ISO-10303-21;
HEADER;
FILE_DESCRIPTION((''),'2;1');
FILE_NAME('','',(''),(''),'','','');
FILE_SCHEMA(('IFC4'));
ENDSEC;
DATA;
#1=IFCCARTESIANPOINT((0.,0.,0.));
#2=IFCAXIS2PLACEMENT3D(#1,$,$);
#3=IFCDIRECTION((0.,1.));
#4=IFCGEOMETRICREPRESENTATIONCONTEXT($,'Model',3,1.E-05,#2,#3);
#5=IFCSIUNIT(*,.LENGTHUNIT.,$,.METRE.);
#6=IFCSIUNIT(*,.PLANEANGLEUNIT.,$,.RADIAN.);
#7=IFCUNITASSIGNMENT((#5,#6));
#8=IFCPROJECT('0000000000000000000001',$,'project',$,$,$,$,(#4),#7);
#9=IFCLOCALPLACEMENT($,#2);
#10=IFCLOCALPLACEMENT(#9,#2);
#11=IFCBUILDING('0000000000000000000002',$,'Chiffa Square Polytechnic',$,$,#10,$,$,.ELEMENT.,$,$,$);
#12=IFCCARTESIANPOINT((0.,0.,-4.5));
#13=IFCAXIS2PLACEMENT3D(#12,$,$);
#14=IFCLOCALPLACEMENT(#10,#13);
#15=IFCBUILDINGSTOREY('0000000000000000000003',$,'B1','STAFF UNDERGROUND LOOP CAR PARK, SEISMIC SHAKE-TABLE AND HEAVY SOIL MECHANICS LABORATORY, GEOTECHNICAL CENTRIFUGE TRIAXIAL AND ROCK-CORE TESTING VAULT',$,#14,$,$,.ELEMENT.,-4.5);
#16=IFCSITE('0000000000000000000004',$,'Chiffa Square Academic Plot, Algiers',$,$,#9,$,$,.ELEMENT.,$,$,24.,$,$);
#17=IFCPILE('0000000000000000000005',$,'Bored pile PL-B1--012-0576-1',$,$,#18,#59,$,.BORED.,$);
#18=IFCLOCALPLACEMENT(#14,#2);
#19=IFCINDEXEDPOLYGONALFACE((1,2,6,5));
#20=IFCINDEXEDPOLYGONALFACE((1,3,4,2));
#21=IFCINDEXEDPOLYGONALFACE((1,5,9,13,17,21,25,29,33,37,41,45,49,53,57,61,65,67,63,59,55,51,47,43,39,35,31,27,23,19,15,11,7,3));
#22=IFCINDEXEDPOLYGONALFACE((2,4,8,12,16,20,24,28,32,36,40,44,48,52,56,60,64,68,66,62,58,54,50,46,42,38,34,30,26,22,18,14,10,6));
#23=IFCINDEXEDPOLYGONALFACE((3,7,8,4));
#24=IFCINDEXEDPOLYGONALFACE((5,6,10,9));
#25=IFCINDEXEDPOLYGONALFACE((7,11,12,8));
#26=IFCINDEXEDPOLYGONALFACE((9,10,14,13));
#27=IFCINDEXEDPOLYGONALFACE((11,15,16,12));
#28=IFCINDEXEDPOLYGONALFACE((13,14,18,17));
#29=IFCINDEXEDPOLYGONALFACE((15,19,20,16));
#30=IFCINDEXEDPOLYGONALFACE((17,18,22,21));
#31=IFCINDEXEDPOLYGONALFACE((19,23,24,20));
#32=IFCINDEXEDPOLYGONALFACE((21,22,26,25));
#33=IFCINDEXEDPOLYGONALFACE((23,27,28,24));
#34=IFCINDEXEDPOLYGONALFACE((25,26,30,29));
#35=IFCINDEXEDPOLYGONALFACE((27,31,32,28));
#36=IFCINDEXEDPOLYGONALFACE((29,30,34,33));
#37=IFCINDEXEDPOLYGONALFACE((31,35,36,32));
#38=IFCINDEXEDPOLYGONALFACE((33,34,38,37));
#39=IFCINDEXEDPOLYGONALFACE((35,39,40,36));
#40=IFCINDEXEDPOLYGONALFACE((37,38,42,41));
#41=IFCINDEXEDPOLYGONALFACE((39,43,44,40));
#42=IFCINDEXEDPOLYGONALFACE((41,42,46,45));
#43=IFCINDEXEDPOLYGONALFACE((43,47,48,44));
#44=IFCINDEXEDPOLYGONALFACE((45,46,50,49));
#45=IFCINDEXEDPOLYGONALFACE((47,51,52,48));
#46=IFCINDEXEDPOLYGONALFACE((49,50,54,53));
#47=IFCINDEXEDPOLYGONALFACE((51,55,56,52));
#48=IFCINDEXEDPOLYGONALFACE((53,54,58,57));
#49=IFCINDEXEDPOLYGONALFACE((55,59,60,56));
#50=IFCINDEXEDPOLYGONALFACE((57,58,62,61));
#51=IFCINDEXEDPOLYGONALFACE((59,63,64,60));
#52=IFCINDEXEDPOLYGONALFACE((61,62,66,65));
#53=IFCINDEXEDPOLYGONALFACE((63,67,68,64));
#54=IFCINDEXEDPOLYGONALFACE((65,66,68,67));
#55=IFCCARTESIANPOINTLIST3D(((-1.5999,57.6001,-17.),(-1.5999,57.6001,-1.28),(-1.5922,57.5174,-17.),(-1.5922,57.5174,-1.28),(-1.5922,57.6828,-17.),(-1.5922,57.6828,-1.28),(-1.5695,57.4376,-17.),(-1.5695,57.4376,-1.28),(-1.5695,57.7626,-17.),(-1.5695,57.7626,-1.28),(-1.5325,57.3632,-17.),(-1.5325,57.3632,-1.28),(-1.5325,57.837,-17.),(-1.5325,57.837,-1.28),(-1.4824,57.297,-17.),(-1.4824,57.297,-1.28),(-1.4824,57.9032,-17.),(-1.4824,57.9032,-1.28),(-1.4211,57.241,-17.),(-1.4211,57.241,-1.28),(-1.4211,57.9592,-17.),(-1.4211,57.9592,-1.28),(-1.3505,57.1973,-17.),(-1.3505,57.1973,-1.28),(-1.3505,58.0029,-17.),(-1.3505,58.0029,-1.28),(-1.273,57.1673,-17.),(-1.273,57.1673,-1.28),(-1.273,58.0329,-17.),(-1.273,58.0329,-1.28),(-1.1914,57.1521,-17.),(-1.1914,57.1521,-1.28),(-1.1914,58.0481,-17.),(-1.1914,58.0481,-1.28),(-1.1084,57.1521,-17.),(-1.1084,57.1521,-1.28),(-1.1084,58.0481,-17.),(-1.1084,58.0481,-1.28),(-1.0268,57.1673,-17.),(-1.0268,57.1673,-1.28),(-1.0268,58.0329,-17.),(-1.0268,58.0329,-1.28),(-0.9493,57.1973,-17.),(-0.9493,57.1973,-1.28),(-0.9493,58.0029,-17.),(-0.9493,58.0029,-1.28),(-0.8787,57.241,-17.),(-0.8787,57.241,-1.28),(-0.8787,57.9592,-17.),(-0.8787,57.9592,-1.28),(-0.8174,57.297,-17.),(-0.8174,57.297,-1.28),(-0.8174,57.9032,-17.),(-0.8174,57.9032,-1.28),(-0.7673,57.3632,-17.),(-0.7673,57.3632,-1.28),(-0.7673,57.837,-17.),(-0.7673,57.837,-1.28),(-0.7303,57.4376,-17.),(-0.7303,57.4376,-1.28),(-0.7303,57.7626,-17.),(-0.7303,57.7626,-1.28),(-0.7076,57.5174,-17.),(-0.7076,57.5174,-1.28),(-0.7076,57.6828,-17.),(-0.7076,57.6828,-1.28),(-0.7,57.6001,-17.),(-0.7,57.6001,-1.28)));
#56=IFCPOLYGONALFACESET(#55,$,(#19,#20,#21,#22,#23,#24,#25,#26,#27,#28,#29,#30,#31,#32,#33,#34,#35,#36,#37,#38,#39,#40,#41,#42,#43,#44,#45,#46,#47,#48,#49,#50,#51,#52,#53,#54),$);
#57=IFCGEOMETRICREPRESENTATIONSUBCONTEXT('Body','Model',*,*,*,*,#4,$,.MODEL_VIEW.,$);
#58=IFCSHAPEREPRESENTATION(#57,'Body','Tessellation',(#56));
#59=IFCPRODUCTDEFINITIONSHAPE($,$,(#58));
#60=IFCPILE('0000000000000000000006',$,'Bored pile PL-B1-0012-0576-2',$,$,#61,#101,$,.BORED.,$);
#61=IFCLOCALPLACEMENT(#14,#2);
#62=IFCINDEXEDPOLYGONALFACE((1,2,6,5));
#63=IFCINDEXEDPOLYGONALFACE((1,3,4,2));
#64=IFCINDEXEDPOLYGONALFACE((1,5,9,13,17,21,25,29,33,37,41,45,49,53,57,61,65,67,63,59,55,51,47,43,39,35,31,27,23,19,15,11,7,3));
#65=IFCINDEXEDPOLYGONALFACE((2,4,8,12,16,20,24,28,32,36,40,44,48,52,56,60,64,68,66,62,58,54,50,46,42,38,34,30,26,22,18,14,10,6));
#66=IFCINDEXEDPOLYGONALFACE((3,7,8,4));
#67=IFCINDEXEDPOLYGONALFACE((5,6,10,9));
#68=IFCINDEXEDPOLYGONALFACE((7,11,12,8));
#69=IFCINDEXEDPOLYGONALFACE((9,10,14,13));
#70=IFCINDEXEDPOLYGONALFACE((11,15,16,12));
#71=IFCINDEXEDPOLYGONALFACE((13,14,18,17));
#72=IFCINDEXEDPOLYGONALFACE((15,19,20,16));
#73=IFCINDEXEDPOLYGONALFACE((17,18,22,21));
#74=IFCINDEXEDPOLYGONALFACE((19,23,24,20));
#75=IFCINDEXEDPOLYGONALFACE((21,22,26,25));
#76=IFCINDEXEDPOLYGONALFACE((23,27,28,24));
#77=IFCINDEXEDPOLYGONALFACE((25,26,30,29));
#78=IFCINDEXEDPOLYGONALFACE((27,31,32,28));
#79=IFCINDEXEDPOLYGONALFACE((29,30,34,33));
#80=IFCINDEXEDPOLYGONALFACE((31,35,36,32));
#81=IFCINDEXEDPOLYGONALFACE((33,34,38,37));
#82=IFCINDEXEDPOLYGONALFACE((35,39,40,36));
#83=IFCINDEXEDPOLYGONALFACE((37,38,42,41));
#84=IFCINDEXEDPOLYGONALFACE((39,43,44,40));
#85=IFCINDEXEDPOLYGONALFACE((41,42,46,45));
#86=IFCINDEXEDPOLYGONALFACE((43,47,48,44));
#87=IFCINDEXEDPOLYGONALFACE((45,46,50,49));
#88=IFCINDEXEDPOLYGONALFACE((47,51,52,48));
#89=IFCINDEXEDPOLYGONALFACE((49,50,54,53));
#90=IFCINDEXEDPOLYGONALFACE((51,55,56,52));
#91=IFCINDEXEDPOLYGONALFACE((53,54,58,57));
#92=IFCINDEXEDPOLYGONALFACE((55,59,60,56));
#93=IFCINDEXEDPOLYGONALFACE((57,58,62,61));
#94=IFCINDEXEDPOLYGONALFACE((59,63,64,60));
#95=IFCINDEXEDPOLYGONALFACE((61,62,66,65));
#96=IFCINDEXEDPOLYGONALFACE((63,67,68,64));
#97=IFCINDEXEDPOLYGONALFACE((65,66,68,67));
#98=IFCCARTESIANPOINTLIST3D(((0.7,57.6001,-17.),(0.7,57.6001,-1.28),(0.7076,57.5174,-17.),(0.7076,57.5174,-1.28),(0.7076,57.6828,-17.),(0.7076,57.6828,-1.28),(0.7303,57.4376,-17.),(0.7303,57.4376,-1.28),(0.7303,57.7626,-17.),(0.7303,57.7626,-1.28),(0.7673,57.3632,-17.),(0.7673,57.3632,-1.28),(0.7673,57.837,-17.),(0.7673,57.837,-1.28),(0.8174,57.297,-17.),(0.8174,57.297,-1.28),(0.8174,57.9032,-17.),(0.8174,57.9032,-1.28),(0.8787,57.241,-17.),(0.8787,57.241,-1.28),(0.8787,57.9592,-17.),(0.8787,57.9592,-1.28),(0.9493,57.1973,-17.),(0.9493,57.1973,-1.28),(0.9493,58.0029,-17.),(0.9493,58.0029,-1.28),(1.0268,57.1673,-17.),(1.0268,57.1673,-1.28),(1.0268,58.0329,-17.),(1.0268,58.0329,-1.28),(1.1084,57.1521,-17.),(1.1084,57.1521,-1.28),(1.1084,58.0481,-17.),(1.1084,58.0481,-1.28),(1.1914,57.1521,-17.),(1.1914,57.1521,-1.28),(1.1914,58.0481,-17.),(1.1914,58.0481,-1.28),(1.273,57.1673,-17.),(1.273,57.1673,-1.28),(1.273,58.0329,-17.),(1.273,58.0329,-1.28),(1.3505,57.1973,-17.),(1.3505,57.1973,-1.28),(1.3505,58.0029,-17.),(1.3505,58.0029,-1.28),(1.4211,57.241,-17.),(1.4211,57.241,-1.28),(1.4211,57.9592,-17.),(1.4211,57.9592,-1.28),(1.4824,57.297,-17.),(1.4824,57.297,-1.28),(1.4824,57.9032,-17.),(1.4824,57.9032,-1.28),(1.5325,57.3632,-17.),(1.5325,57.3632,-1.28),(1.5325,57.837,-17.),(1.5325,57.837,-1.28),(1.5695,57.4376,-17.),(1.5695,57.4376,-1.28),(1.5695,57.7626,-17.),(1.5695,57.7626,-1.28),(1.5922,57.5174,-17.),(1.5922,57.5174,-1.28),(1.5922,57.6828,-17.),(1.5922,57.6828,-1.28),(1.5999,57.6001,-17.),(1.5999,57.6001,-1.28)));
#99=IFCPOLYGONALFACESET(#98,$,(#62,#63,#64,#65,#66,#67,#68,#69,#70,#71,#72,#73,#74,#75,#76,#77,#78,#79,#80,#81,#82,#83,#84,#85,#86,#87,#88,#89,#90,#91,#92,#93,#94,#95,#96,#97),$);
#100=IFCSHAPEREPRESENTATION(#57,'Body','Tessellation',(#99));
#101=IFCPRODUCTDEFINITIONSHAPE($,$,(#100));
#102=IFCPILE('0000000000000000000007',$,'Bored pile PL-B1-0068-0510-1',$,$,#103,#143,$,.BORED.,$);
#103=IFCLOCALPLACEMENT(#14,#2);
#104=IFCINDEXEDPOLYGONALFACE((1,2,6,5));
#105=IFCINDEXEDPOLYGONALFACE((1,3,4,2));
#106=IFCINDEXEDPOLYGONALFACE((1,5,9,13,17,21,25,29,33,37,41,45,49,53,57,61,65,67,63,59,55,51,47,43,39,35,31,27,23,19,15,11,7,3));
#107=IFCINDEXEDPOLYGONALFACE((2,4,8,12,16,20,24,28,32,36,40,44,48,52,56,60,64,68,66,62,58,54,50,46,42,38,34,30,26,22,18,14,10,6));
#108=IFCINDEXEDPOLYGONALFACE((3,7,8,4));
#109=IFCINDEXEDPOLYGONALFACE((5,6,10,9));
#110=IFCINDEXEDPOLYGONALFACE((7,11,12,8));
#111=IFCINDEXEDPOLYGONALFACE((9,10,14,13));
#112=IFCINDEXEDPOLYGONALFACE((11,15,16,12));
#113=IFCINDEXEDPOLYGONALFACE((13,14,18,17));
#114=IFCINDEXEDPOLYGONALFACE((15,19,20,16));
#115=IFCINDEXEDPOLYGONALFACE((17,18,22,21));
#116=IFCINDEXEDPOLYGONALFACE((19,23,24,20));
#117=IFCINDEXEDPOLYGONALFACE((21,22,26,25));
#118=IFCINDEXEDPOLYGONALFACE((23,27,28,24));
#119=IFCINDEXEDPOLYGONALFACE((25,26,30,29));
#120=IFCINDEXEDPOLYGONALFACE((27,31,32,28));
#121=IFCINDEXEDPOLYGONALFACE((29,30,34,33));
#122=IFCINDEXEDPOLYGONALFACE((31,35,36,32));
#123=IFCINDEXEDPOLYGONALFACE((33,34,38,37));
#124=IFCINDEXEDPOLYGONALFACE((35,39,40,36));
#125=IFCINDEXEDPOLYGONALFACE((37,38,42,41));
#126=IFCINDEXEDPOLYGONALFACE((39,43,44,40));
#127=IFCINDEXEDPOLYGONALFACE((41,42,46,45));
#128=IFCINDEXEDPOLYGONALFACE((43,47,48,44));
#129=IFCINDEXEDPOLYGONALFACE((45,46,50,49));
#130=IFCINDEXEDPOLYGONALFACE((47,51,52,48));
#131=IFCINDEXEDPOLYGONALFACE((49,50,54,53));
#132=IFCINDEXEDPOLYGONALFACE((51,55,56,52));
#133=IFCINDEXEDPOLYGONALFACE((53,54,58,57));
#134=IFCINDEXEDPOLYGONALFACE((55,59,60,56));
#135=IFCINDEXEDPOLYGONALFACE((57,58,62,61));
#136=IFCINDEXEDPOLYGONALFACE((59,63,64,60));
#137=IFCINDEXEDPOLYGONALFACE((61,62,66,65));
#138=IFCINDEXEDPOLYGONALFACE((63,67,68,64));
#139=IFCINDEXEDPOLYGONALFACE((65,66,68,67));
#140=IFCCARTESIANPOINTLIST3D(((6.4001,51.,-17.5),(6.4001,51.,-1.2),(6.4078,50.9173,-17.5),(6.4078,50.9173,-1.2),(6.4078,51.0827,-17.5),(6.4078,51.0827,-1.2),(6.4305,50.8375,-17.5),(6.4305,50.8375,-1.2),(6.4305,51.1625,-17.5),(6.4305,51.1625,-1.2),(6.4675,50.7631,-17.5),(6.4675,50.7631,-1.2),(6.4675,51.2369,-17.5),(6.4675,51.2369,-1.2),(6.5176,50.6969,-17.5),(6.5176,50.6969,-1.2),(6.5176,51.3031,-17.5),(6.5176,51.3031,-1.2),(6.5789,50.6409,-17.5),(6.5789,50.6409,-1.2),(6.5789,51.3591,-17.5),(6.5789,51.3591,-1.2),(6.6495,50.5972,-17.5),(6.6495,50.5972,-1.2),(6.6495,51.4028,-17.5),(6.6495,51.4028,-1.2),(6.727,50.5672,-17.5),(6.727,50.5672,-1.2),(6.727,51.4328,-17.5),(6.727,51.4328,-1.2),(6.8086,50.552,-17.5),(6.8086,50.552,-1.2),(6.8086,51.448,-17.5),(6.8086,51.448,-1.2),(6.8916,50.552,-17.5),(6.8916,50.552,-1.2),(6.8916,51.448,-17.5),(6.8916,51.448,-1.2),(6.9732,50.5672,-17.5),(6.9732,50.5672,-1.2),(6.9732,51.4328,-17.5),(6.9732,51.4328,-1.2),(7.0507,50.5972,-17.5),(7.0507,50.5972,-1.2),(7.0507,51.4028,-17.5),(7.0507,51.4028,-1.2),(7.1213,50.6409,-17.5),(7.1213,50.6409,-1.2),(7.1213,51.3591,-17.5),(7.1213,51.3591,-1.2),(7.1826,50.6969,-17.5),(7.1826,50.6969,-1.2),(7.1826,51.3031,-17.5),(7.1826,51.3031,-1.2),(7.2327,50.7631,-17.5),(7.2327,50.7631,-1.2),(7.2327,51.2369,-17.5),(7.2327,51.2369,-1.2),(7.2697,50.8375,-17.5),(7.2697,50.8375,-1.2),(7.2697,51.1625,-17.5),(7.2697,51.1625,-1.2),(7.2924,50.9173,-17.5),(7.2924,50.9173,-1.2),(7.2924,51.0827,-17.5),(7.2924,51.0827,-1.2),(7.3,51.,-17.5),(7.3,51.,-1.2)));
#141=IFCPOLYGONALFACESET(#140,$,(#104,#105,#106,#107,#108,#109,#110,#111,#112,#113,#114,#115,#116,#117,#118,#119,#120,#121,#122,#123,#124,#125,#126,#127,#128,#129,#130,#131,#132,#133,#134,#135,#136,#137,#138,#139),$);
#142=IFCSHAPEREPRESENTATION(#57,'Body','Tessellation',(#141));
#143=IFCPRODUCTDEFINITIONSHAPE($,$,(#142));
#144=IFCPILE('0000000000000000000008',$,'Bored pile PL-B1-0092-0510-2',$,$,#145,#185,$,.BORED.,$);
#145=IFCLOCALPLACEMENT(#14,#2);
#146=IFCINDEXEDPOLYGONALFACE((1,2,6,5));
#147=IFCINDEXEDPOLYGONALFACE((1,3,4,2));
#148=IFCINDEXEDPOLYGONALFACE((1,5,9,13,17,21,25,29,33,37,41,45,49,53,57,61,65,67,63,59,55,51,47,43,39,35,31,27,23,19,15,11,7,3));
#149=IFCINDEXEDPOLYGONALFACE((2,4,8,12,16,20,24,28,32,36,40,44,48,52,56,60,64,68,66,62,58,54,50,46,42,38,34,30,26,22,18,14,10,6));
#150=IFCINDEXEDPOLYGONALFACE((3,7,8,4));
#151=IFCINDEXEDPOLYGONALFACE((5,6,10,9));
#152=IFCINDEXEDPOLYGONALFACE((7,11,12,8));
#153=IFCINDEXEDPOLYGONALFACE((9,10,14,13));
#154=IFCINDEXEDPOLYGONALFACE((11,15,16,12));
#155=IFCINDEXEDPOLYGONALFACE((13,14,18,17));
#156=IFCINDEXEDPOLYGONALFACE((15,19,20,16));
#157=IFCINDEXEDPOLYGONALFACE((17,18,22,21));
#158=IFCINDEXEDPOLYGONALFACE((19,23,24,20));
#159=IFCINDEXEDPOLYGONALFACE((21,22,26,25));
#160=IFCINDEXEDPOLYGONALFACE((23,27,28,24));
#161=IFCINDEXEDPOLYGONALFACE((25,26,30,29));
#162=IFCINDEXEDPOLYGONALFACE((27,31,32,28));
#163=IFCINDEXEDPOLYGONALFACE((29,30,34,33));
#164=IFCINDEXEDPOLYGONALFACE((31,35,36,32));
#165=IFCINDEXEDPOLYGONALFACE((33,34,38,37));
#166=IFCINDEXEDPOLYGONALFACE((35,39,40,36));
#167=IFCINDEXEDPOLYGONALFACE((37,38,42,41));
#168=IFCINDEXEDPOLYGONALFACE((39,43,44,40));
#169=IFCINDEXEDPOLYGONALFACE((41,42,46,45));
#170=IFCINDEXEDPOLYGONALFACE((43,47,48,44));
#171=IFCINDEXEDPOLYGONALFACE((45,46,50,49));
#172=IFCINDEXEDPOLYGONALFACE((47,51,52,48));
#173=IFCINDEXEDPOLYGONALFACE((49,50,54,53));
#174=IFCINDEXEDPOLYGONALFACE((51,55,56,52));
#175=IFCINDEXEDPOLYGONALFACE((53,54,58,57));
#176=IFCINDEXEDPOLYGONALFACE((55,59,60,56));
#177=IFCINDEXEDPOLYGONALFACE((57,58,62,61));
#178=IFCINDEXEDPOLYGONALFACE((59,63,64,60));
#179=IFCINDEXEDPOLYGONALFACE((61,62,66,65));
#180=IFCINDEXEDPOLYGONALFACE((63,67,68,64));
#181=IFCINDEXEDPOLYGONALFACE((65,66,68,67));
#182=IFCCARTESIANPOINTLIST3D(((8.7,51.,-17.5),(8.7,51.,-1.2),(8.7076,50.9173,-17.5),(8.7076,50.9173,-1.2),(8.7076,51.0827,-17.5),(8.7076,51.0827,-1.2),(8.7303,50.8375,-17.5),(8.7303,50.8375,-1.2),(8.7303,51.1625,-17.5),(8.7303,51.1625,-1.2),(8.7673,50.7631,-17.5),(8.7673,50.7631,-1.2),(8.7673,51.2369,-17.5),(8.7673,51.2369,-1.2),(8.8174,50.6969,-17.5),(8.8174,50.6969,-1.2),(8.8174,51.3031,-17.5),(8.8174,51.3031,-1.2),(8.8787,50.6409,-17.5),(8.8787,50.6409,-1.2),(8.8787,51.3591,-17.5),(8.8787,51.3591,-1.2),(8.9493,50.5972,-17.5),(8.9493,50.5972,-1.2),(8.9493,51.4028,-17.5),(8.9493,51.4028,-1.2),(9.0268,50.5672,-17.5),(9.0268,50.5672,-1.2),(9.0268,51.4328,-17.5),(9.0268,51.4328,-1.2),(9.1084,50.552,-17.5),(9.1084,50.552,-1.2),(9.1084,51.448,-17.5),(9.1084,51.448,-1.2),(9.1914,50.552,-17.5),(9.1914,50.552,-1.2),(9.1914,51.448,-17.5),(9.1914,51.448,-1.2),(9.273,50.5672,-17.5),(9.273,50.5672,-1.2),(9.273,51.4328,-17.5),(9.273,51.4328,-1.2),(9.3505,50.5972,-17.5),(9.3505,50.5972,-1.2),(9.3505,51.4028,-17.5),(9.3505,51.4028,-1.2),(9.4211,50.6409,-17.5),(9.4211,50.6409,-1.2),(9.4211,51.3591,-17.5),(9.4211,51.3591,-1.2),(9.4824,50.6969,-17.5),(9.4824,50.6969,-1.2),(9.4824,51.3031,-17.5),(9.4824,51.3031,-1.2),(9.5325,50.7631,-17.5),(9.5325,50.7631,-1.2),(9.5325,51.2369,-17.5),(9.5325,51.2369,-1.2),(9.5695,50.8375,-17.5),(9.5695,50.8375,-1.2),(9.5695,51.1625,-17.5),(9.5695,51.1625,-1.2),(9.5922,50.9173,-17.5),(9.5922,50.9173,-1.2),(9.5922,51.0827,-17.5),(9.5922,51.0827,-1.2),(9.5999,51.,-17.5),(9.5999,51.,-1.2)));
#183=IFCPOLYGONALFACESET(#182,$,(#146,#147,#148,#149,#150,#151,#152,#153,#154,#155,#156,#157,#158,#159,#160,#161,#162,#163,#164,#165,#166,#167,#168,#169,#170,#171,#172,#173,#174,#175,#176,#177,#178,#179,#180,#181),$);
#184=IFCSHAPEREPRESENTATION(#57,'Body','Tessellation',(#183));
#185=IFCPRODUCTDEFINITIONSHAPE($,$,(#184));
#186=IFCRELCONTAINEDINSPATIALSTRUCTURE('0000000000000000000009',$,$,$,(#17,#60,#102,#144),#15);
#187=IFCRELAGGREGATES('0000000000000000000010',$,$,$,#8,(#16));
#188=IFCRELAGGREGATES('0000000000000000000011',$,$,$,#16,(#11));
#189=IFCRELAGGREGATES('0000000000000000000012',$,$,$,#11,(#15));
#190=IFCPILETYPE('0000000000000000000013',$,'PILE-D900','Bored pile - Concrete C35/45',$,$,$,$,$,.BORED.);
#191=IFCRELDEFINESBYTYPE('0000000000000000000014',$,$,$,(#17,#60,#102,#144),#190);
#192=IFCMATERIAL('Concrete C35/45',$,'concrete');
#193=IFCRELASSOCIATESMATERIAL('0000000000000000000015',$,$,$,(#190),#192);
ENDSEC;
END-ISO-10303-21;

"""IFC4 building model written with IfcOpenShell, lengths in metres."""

from ifc_helpers import new_model, si_unit, direction, frame, origin, origin_2d, place, context, subcontext, project, spatial, circle, extrude, material, material_profile, profile_set, type_object, element, save


model = new_model("IFC4")

# Units and contexts
model_context = context("Model", 3, precision=1e-05, world=origin(), true_north=direction((0.0, 1.0)))
body_context = subcontext(model_context, "Body", "Model", "MODEL_VIEW")
ifc_project = project(units=[si_unit("LENGTHUNIT", "METRE"), si_unit("PLANEANGLEUNIT", "RADIAN")], contexts=[model_context])

# Site, building, storey
site_placement = place(None, origin())
site = spatial("IfcSite", under=ifc_project, at=site_placement, Name="Chiffa Square Academic Plot, Algiers", CompositionType="ELEMENT", RefElevation=24.0)
building_placement = place(site_placement, origin())
building = spatial("IfcBuilding", under=site, at=building_placement, Name="Chiffa Square Polytechnic", CompositionType="ELEMENT")
storey_placement = place(building_placement, frame((0.0, 0.0, -4.5)))
storey = spatial("IfcBuildingStorey", under=building, at=storey_placement, Name="B1", Description="STAFF UNDERGROUND LOOP CAR PARK, SEISMIC SHAKE-TABLE AND HEAVY SOIL MECHANICS LABORATORY, GEOTECHNICAL CENTRIFUGE TRIAXIAL AND ROCK-CORE TESTING VAULT", CompositionType="ELEMENT", Elevation=-4.5)

# Shared definitions
ifc_material = material(Name="Concrete C35/45", Category="concrete")

# Piles
ifc_material_profile_1 = material_profile(ifc_material, circle(Radius=0.45, at=origin_2d()), Name="PILE D900")
ifc_profile_set_1 = profile_set([ifc_material_profile_1], Name="Concrete C35/45")
pile_type_1 = type_object("IfcPileType", Name="PILE-D900", Description="Bored pile - Concrete C35/45", PredefinedType="BORED", material=ifc_profile_set_1)
for number, where, z_axis, x_axis, name in (
    (1, (-1.1499, 57.6001, -1.28), (0.0, 0.0, -1.0), (1.0, 0.0, 0.0), "Bored pile PL-B1--012-0576-1"),
    (2, (1.1499, 57.6001, -1.28), (0.0, 0.0, -1.0), (1.0, 0.0, 0.0), "Bored pile PL-B1-0012-0576-2"),
):
    element("IfcPile", number, at=place(storey_placement, frame(where, z_axis=z_axis, x_axis=x_axis)), inside=storey, type_object=pile_type_1, Name=name, PredefinedType="BORED", context=body_context, shape_type="SweptSolid", body=[
        extrude(circle(Radius=0.45, at=origin_2d()), origin(), (0.0, 0.0, 1.0), 15.72),
    ])
for number, where, z_axis, x_axis, name in (
    (3, (6.8501, 51.0, -1.2), (0.0, 0.0, -1.0), (1.0, 0.0, 0.0), "Bored pile PL-B1-0068-0510-1"),
    (4, (9.1499, 51.0, -1.2), (0.0, 0.0, -1.0), (1.0, 0.0, 0.0), "Bored pile PL-B1-0092-0510-2"),
):
    element("IfcPile", number, at=place(storey_placement, frame(where, z_axis=z_axis, x_axis=x_axis)), inside=storey, type_object=pile_type_1, Name=name, PredefinedType="BORED", context=body_context, shape_type="SweptSolid", body=[
        extrude(circle(Radius=0.45, at=origin_2d()), origin(), (0.0, 0.0, 1.0), 16.3),
    ])

save(model, "model.ifc")
